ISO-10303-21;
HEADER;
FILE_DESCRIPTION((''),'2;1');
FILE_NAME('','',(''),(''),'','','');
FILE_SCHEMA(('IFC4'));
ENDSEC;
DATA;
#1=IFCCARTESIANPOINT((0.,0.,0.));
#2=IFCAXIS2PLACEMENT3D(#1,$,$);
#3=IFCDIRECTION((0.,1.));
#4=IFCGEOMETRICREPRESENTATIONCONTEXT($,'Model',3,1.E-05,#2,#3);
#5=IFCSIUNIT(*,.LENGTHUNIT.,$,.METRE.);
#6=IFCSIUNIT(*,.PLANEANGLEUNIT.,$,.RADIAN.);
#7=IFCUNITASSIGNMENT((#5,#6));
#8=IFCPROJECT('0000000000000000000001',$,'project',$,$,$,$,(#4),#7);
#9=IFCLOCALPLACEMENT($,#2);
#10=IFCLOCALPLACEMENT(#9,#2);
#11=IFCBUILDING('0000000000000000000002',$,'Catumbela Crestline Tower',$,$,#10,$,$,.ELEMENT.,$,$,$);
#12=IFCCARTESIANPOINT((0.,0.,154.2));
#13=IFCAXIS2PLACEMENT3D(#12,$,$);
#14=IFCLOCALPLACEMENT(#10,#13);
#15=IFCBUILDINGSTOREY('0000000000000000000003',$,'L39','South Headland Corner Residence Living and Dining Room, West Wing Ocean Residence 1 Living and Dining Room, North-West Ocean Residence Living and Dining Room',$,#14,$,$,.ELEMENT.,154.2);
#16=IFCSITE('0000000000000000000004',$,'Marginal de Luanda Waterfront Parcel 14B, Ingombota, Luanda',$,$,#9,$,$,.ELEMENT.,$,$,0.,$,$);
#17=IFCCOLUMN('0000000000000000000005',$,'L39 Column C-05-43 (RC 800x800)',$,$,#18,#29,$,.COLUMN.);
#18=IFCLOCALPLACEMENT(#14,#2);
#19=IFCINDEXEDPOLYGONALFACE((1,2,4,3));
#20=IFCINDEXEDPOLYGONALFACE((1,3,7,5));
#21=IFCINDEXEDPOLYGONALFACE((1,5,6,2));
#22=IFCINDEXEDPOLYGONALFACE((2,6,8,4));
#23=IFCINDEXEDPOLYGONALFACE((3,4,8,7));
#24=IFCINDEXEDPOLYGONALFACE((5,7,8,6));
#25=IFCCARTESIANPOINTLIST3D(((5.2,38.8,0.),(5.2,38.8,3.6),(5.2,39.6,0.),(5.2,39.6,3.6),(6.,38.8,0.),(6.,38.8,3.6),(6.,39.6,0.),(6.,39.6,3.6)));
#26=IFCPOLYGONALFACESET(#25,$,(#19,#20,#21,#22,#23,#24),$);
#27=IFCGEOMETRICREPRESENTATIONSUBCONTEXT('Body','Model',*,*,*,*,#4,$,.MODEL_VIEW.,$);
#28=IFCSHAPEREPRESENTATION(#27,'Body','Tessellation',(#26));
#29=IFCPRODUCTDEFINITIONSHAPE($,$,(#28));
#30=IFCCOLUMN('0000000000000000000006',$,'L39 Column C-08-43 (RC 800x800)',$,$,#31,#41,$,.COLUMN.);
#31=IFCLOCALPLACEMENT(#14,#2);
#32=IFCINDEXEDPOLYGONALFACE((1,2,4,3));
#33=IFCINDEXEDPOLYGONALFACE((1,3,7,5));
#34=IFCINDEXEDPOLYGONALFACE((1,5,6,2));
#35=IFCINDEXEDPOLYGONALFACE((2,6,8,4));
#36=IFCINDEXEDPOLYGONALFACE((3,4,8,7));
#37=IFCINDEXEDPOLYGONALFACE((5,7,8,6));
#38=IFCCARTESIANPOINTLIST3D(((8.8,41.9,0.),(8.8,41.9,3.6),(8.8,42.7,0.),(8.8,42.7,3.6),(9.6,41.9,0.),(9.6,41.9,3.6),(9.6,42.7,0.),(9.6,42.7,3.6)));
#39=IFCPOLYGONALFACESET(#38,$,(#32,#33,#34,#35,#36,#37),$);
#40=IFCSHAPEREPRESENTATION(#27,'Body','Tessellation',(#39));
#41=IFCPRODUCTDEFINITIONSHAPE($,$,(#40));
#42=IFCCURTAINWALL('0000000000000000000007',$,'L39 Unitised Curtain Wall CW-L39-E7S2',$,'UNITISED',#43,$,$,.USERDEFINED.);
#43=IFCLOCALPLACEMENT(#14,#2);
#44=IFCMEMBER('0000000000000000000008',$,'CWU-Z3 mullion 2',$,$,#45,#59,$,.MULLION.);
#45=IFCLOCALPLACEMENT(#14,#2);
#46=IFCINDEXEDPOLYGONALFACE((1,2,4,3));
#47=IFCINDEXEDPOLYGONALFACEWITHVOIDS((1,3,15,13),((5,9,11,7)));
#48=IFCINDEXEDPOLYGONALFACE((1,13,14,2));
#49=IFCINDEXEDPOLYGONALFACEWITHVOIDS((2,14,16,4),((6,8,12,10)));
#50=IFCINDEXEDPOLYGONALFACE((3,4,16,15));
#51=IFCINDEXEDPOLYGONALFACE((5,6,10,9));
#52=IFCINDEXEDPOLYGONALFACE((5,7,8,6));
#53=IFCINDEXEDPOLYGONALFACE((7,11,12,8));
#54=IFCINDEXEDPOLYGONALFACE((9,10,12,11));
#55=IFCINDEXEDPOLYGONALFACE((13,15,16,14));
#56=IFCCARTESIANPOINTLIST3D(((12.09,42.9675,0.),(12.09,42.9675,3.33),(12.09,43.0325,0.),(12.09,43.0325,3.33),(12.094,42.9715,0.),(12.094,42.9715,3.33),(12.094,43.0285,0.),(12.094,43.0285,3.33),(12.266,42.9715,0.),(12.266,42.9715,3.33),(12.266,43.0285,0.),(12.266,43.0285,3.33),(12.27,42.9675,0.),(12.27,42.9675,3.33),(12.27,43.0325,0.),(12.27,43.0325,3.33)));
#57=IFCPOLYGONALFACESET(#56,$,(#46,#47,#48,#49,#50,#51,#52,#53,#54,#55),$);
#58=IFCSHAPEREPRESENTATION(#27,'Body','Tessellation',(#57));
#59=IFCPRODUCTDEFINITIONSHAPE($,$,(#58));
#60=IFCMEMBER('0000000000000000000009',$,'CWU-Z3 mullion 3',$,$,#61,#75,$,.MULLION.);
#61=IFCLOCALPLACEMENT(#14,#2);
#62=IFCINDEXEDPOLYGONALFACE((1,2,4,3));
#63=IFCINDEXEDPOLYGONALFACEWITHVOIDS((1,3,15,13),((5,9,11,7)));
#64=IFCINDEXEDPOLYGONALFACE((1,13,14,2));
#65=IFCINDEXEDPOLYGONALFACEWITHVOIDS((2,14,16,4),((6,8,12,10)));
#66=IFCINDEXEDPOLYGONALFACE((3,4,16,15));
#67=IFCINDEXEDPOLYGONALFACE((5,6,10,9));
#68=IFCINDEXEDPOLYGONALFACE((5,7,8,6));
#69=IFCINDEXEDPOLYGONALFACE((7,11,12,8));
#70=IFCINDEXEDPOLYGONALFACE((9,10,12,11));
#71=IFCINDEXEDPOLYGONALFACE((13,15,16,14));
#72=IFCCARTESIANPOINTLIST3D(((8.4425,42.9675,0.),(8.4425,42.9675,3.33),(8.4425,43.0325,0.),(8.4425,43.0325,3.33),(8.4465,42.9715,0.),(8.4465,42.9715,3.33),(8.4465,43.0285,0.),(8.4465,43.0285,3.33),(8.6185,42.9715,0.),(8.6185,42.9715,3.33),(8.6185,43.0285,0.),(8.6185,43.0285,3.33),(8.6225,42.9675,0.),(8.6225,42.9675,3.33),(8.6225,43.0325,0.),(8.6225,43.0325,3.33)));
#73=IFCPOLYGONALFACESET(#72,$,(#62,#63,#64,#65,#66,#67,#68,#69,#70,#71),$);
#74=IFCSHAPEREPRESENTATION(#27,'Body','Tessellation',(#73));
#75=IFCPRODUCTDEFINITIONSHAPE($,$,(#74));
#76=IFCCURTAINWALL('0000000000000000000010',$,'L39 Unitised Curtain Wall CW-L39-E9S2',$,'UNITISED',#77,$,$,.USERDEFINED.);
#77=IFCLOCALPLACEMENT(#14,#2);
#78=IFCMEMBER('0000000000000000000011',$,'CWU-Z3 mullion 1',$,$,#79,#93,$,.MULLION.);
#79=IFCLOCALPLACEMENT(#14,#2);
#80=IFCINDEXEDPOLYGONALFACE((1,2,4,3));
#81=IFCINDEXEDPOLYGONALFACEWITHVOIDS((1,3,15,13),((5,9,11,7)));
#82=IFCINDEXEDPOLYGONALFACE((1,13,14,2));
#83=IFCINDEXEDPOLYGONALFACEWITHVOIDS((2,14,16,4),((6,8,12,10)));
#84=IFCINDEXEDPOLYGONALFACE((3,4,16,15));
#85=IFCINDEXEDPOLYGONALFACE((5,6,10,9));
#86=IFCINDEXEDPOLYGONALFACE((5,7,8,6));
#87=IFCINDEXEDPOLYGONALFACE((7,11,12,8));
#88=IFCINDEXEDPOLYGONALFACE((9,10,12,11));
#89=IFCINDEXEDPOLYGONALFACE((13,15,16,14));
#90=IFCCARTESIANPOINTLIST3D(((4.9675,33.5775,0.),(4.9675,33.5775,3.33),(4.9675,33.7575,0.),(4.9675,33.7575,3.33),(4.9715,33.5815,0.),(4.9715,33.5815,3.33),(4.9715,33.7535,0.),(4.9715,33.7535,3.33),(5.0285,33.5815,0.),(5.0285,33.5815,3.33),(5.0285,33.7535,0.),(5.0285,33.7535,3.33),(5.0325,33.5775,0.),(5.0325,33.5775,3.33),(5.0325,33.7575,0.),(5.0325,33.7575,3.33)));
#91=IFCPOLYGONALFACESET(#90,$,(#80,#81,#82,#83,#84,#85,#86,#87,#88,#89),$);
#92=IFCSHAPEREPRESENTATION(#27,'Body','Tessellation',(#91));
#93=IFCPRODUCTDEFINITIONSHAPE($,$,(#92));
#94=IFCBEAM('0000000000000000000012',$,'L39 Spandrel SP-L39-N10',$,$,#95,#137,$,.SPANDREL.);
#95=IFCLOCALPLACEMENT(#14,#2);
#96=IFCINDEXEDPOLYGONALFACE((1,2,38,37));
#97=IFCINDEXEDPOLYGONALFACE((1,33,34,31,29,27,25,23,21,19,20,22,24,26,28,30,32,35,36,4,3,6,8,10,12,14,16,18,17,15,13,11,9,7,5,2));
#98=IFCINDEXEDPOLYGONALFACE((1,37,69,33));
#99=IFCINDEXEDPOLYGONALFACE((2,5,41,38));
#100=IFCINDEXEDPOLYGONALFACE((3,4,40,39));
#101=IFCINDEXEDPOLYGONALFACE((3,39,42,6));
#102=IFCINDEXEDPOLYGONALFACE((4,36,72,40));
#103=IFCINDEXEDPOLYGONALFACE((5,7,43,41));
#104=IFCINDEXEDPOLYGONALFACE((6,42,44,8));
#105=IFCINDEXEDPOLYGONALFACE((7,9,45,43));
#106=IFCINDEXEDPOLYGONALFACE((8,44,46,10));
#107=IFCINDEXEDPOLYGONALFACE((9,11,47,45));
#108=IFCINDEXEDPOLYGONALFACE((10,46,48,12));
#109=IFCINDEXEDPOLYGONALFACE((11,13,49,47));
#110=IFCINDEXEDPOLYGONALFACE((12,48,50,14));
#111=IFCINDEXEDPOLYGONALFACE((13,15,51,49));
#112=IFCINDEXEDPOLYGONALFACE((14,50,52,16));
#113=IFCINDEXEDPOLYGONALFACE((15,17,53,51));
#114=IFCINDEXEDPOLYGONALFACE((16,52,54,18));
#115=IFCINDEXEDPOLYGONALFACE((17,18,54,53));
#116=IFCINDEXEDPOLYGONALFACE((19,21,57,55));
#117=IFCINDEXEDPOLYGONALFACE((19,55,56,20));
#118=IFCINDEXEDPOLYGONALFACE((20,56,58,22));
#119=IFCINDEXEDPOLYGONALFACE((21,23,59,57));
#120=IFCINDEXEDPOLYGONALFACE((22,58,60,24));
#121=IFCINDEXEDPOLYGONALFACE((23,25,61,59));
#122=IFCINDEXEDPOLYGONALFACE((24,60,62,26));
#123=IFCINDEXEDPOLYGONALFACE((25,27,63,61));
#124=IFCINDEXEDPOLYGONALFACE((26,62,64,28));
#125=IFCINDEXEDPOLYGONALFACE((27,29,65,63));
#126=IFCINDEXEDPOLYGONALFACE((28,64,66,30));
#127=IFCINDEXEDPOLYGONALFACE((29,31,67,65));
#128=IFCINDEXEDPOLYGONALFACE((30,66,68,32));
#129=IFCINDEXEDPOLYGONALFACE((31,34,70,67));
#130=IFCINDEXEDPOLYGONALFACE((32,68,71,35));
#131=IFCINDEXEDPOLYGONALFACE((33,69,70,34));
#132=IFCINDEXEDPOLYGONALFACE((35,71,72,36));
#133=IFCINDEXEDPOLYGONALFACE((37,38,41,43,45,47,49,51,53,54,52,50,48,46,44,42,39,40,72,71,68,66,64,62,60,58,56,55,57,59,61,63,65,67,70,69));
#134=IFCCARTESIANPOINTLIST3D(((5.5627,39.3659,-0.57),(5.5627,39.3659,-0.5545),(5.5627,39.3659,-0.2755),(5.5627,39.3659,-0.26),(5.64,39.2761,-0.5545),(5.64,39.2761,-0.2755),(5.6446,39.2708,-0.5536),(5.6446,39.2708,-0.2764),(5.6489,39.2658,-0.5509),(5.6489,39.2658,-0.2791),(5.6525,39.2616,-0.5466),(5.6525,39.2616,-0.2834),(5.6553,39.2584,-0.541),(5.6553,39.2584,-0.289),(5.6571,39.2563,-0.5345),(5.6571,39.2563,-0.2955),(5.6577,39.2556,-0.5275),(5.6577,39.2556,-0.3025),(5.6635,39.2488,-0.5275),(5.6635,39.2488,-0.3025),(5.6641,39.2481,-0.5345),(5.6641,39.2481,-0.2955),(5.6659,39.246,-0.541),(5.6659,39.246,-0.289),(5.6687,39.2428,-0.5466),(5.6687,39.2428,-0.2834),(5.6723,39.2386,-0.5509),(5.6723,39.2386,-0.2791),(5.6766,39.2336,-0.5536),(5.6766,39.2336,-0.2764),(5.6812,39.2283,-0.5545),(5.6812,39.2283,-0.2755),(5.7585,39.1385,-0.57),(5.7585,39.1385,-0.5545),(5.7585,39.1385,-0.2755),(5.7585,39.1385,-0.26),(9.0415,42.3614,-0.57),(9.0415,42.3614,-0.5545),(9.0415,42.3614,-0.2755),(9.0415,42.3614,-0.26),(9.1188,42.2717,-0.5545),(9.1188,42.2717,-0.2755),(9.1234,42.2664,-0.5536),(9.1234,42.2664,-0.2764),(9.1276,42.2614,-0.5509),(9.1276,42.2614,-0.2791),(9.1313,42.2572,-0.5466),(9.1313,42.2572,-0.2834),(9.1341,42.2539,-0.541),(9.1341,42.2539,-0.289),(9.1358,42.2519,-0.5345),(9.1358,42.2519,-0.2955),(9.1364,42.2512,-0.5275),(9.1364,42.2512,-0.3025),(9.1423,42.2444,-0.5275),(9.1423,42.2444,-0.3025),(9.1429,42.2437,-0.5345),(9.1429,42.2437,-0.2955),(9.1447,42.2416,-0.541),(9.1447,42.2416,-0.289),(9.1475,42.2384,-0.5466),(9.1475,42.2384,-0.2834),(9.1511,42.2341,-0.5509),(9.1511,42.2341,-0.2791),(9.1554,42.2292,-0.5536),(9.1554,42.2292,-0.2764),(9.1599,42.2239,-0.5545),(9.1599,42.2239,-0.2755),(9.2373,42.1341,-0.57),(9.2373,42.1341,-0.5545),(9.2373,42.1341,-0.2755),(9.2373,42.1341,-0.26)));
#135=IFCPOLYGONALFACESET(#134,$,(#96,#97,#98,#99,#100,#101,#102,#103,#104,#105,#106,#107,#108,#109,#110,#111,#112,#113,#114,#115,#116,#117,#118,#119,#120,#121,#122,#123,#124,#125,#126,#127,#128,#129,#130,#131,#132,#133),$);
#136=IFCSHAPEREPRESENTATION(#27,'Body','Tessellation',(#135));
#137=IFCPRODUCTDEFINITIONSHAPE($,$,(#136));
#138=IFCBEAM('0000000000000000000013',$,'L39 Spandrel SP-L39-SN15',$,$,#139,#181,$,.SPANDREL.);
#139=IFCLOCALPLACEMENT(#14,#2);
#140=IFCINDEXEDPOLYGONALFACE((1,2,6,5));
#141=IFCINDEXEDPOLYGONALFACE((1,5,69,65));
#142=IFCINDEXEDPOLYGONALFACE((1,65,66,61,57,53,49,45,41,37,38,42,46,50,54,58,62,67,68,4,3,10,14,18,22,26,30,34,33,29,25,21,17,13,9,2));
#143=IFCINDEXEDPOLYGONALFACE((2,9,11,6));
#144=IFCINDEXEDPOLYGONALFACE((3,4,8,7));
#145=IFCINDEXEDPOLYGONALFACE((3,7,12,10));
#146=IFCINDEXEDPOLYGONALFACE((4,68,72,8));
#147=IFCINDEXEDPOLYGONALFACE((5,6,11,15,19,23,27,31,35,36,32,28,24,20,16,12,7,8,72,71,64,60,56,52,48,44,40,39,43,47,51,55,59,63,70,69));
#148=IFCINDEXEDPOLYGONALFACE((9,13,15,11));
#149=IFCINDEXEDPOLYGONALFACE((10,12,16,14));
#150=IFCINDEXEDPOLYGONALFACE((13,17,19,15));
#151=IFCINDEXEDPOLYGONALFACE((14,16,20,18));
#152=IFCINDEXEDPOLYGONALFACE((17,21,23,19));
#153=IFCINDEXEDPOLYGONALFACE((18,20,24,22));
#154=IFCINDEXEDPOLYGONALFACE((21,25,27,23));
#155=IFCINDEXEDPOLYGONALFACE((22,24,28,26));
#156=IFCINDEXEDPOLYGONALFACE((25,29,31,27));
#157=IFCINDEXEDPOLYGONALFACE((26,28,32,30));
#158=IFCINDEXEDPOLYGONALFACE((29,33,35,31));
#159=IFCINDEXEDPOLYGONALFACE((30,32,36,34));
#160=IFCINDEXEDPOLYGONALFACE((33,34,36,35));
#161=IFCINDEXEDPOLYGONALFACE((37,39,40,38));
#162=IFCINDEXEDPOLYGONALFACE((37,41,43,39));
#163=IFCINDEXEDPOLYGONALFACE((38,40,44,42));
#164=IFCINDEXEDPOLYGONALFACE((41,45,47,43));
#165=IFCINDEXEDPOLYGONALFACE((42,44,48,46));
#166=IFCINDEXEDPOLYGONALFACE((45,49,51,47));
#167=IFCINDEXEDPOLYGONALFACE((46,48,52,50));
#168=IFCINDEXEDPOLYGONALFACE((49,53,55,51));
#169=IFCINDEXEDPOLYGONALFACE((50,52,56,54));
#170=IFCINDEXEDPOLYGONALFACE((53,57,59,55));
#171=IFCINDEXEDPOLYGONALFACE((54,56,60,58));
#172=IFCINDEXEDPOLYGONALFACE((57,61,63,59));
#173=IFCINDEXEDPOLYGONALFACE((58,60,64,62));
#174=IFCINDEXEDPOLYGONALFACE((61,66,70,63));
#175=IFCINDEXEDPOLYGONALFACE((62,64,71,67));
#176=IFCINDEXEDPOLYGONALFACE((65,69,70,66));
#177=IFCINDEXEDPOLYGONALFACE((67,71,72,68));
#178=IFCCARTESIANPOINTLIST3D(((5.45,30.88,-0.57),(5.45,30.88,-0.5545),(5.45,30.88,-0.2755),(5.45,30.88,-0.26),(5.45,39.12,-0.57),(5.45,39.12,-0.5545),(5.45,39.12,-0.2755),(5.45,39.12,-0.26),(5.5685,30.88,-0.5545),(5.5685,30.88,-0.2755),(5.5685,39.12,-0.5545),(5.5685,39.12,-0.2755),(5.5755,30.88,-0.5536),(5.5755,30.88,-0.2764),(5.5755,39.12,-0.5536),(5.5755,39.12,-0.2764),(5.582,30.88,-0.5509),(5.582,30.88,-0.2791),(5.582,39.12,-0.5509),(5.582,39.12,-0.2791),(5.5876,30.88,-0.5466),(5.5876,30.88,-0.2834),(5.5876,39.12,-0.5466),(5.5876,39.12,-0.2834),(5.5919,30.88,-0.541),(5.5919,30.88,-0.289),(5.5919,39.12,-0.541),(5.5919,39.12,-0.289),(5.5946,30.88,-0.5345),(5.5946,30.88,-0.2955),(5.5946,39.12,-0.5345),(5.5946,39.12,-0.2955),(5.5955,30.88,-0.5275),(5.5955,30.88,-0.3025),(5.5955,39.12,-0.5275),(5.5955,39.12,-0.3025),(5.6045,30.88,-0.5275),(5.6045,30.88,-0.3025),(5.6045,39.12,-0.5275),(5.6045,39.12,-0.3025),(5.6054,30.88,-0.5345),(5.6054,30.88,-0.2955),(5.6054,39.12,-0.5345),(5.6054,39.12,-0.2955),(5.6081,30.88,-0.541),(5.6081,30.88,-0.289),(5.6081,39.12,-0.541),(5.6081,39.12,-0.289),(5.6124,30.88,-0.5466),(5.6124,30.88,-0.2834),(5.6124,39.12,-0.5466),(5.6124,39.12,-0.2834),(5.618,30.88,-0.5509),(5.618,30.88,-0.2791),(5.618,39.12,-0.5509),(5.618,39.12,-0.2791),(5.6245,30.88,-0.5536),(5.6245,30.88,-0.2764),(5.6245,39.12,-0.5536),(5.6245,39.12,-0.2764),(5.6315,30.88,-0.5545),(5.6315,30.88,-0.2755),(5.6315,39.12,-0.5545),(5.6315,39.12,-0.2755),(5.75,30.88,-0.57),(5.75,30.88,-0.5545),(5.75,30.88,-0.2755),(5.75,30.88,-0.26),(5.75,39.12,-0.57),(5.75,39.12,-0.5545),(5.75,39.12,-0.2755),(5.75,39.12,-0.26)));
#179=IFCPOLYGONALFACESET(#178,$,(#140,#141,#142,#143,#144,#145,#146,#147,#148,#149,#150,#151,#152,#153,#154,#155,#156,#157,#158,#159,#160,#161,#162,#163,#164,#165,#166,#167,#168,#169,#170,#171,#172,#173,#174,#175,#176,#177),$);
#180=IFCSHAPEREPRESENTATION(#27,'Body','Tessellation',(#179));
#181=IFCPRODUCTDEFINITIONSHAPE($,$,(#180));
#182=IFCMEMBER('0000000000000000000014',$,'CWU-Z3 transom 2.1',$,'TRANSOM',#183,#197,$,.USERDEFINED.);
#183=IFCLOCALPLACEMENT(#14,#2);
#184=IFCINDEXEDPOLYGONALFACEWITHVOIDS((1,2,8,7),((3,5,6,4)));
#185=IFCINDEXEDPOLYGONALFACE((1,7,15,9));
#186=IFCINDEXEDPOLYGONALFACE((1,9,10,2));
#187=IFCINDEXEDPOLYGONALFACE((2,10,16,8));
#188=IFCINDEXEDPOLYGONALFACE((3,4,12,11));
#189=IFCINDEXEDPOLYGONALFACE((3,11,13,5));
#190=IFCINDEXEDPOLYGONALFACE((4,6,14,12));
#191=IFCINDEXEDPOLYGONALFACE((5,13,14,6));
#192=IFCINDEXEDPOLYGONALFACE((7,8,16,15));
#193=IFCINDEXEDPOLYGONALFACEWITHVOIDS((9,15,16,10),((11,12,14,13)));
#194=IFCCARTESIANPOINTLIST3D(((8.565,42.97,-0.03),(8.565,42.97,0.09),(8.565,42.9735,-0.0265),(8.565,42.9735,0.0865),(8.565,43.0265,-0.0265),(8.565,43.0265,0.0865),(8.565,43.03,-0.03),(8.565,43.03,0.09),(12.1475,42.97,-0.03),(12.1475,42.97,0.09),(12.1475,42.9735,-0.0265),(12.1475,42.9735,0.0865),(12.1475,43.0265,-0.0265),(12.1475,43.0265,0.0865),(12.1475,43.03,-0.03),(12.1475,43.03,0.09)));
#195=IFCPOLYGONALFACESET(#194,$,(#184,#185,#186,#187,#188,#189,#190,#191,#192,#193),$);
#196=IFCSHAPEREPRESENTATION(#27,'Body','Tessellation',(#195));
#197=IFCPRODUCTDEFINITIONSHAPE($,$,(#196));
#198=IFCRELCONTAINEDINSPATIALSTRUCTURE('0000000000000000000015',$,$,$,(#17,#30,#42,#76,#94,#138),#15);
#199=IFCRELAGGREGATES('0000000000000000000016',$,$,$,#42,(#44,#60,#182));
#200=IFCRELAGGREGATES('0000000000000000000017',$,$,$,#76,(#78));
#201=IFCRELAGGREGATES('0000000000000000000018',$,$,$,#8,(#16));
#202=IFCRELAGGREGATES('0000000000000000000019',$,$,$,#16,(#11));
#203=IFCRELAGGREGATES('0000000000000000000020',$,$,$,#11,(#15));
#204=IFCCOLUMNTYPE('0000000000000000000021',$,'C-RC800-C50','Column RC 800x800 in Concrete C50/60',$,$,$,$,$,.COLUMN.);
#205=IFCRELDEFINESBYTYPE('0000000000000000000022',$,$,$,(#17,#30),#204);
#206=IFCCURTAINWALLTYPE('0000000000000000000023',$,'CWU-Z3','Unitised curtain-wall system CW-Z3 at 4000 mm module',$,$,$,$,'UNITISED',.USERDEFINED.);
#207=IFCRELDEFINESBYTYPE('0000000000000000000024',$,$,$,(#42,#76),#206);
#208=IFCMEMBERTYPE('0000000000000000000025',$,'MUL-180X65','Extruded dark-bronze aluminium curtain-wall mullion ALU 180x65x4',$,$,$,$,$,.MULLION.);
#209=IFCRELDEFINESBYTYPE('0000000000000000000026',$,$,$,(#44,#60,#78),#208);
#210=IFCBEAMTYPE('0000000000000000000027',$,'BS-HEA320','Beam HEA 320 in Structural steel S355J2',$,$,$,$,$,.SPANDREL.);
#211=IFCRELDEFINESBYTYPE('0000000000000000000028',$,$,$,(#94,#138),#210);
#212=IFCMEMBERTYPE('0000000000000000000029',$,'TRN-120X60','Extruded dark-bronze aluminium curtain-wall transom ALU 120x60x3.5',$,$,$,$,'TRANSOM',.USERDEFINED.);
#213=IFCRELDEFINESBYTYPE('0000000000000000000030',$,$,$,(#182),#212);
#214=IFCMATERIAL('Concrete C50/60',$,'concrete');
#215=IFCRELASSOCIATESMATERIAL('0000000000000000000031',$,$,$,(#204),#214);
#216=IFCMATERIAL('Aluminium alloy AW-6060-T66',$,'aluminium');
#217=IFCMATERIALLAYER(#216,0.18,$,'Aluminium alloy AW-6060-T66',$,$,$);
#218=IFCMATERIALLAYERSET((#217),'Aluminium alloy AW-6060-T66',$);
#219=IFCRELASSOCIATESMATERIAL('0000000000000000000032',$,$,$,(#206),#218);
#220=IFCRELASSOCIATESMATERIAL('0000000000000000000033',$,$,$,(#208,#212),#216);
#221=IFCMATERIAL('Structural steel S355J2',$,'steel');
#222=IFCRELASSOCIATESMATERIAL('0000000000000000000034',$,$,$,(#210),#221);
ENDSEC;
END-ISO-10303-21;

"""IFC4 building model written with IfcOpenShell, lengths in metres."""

from ifc_helpers import new_model, si_unit, direction, frame, origin, origin_2d, place, context, subcontext, project, spatial, rectangle, hollow_rectangle, i_section, extrude, material, layer, layer_set, material_profile, profile_set, type_object, element, aggregate, save


model = new_model("IFC4")

# Units and contexts
model_context = context("Model", 3, precision=1e-05, world=origin(), true_north=direction((0.0, 1.0)))
body_context = subcontext(model_context, "Body", "Model", "MODEL_VIEW")
ifc_project = project(units=[si_unit("LENGTHUNIT", "METRE"), si_unit("PLANEANGLEUNIT", "RADIAN")], contexts=[model_context])

# Site, building, storey
site_placement = place(None, origin())
site = spatial("IfcSite", under=ifc_project, at=site_placement, Name="Marginal de Luanda Waterfront Parcel 14B, Ingombota, Luanda", CompositionType="ELEMENT", RefElevation=0.0)
building_placement = place(site_placement, origin())
building = spatial("IfcBuilding", under=site, at=building_placement, Name="Catumbela Crestline Tower", CompositionType="ELEMENT")
storey_placement = place(building_placement, frame((0.0, 0.0, 154.2)))
storey = spatial("IfcBuildingStorey", under=building, at=storey_placement, Name="L39", Description="South Headland Corner Residence Living and Dining Room, West Wing Ocean Residence 1 Living and Dining Room, North-West Ocean Residence Living and Dining Room", CompositionType="ELEMENT", Elevation=154.2)

# Columns
ifc_material_1 = material(Name="Concrete C50/60", Category="concrete")
ifc_material_profile_1 = material_profile(ifc_material_1, rectangle(XDim=0.8, YDim=0.8, at=origin_2d()), Name="RC 800x800")
ifc_profile_set_1 = profile_set([ifc_material_profile_1], Name="Concrete C50/60")
column_type = type_object("IfcColumnType", Name="C-RC800-C50", Description="Column RC 800x800 in Concrete C50/60", PredefinedType="COLUMN", material=ifc_profile_set_1)
for number, where, z_axis, x_axis, name in (
    (1, (5.6, 39.2, 0.0), (0.0, 0.0, 1.0), (1.0, 0.0, 0.0), "L39 Column C-05-43 (RC 800x800)"),
    (2, (9.2, 42.3, 0.0), (0.0, 0.0, 1.0), (1.0, 0.0, 0.0), "L39 Column C-08-43 (RC 800x800)"),
):
    element("IfcColumn", number, at=place(storey_placement, frame(where, z_axis=z_axis, x_axis=x_axis)), inside=storey, type_object=column_type, Name=name, PredefinedType="COLUMN", context=body_context, shape_type="SweptSolid", body=[
        extrude(rectangle(XDim=0.8, YDim=0.8, at=origin_2d()), origin(), (0.0, 0.0, 1.0), 3.6),
    ])

# Curtain wall, members
ifc_material_2 = material(Name="Aluminium alloy AW-6060-T66", Category="aluminium")
ifc_layer_1 = layer(ifc_material_2, 0.18, Name="Aluminium alloy AW-6060-T66")
ifc_layer_set_1 = layer_set([ifc_layer_1], Name="Aluminium alloy AW-6060-T66")
curtain_wall_type = type_object("IfcCurtainWallType", Name="CWU-Z3", Description="Unitised curtain-wall system CW-Z3 at 4000 mm module", ElementType="UNITISED", PredefinedType="USERDEFINED", material=ifc_layer_set_1)
curtain_wall_1_placement = place(storey_placement, origin())
curtain_wall_1 = element("IfcCurtainWall", 3, at=curtain_wall_1_placement, inside=storey, type_object=curtain_wall_type, Name="L39 Unitised Curtain Wall CW-L39-E7S2", ObjectType="UNITISED", PredefinedType="USERDEFINED")
ifc_material_profile_2 = material_profile(ifc_material_2, hollow_rectangle(XDim=0.065, YDim=0.18, WallThickness=0.004, at=origin_2d()), Name="ALU 180x65x4")
ifc_profile_set_2 = profile_set([ifc_material_profile_2], Name="Aluminium alloy AW-6060-T66")
member_type_1 = type_object("IfcMemberType", Name="MUL-180X65", Description="Extruded dark-bronze aluminium curtain-wall mullion ALU 180x65x4", PredefinedType="MULLION", material=ifc_profile_set_2)
member_1_placement = place(storey_placement, frame((12.18, 43.0, 0.0), z_axis=(0.0, 0.0, 1.0), x_axis=(0.0, -1.0, 0.0)))
member_1 = element("IfcMember", 4, at=member_1_placement, type_object=member_type_1, Name="CWU-Z3 mullion 2", PredefinedType="MULLION", context=body_context, shape_type="SweptSolid", body=[
    extrude(hollow_rectangle(XDim=0.065, YDim=0.18, WallThickness=0.004, at=origin_2d()), origin(), (0.0, 0.0, 1.0), 3.33),
])
member_2_placement = place(storey_placement, frame((8.5325, 43.0, 0.0), z_axis=(0.0, 0.0, 1.0), x_axis=(0.0, -1.0, 0.0)))
member_2 = element("IfcMember", 5, at=member_2_placement, type_object=member_type_1, Name="CWU-Z3 mullion 3", PredefinedType="MULLION", context=body_context, shape_type="SweptSolid", body=[
    extrude(hollow_rectangle(XDim=0.065, YDim=0.18, WallThickness=0.004, at=origin_2d()), origin(), (0.0, 0.0, 1.0), 3.33),
])

# Curtain wall, member
curtain_wall_2_placement = place(storey_placement, origin())
curtain_wall_2 = element("IfcCurtainWall", 6, at=curtain_wall_2_placement, inside=storey, type_object=curtain_wall_type, Name="L39 Unitised Curtain Wall CW-L39-E9S2", ObjectType="UNITISED", PredefinedType="USERDEFINED")
member_3_placement = place(storey_placement, frame((5.0, 33.6675, 0.0), z_axis=(0.0, 0.0, 1.0), x_axis=(1.0, 0.0, 0.0)))
member_3 = element("IfcMember", 7, at=member_3_placement, type_object=member_type_1, Name="CWU-Z3 mullion 1", PredefinedType="MULLION", context=body_context, shape_type="SweptSolid", body=[
    extrude(hollow_rectangle(XDim=0.065, YDim=0.18, WallThickness=0.004, at=origin_2d()), origin(), (0.0, 0.0, 1.0), 3.33),
])

# Beams
ifc_material_3 = material(Name="Structural steel S355J2", Category="steel")
ifc_material_profile_3 = material_profile(ifc_material_3, i_section(OverallWidth=0.3, OverallDepth=0.31, WebThickness=0.009, FlangeThickness=0.0155, FilletRadius=0.027, at=origin_2d()), Name="HEA 320")
ifc_profile_set_3 = profile_set([ifc_material_profile_3], Name="Structural steel S355J2")
beam_type = type_object("IfcBeamType", Name="BS-HEA320", Description="Beam HEA 320 in Structural steel S355J2", PredefinedType="SPANDREL", material=ifc_profile_set_3)
beam_1_placement = place(storey_placement, frame((5.6606, 39.2522, -0.415), z_axis=(0.757772, 0.652519, 0.0), x_axis=(-0.652519, 0.757772, 0.0)))
element("IfcBeam", 8, at=beam_1_placement, inside=storey, type_object=beam_type, Name="L39 Spandrel SP-L39-N10", PredefinedType="SPANDREL", context=body_context, shape_type="SweptSolid", body=[
    extrude(i_section(OverallWidth=0.3, OverallDepth=0.31, WebThickness=0.009, FlangeThickness=0.0155, FilletRadius=0.027, at=origin_2d()), origin(), (0.0, 0.0, 1.0), 4.5908),
])
beam_2_placement = place(storey_placement, frame((5.6, 30.88, -0.415), z_axis=(0.0, 1.0, 0.0), x_axis=(-1.0, 0.0, 0.0)))
element("IfcBeam", 9, at=beam_2_placement, inside=storey, type_object=beam_type, Name="L39 Spandrel SP-L39-SN15", PredefinedType="SPANDREL", context=body_context, shape_type="SweptSolid", body=[
    extrude(i_section(OverallWidth=0.3, OverallDepth=0.31, WebThickness=0.009, FlangeThickness=0.0155, FilletRadius=0.027, at=origin_2d()), origin(), (0.0, 0.0, 1.0), 8.24),
])

# Member
ifc_material_profile_4 = material_profile(ifc_material_2, hollow_rectangle(XDim=0.06, YDim=0.12, WallThickness=0.0035, at=origin_2d()), Name="ALU 120x60x3.5")
ifc_profile_set_4 = profile_set([ifc_material_profile_4], Name="Aluminium alloy AW-6060-T66")
member_type_2 = type_object("IfcMemberType", Name="TRN-120X60", Description="Extruded dark-bronze aluminium curtain-wall transom ALU 120x60x3.5", ElementType="TRANSOM", PredefinedType="USERDEFINED", material=ifc_profile_set_4)
member_4_placement = place(storey_placement, frame((12.1475, 43.0, 0.03), z_axis=(-1.0, 0.0, 0.0), x_axis=(0.0, -1.0, 0.0)))
member_4 = element("IfcMember", 10, at=member_4_placement, type_object=member_type_2, Name="CWU-Z3 transom 2.1", ObjectType="TRANSOM", PredefinedType="USERDEFINED", context=body_context, shape_type="SweptSolid", body=[
    extrude(hollow_rectangle(XDim=0.06, YDim=0.12, WallThickness=0.0035, at=origin_2d()), origin(), (0.0, 0.0, 1.0), 3.5825),
])

aggregate(curtain_wall_1, [member_1, member_2, member_4])
aggregate(curtain_wall_2, [member_3])

save(model, "model.ifc")
